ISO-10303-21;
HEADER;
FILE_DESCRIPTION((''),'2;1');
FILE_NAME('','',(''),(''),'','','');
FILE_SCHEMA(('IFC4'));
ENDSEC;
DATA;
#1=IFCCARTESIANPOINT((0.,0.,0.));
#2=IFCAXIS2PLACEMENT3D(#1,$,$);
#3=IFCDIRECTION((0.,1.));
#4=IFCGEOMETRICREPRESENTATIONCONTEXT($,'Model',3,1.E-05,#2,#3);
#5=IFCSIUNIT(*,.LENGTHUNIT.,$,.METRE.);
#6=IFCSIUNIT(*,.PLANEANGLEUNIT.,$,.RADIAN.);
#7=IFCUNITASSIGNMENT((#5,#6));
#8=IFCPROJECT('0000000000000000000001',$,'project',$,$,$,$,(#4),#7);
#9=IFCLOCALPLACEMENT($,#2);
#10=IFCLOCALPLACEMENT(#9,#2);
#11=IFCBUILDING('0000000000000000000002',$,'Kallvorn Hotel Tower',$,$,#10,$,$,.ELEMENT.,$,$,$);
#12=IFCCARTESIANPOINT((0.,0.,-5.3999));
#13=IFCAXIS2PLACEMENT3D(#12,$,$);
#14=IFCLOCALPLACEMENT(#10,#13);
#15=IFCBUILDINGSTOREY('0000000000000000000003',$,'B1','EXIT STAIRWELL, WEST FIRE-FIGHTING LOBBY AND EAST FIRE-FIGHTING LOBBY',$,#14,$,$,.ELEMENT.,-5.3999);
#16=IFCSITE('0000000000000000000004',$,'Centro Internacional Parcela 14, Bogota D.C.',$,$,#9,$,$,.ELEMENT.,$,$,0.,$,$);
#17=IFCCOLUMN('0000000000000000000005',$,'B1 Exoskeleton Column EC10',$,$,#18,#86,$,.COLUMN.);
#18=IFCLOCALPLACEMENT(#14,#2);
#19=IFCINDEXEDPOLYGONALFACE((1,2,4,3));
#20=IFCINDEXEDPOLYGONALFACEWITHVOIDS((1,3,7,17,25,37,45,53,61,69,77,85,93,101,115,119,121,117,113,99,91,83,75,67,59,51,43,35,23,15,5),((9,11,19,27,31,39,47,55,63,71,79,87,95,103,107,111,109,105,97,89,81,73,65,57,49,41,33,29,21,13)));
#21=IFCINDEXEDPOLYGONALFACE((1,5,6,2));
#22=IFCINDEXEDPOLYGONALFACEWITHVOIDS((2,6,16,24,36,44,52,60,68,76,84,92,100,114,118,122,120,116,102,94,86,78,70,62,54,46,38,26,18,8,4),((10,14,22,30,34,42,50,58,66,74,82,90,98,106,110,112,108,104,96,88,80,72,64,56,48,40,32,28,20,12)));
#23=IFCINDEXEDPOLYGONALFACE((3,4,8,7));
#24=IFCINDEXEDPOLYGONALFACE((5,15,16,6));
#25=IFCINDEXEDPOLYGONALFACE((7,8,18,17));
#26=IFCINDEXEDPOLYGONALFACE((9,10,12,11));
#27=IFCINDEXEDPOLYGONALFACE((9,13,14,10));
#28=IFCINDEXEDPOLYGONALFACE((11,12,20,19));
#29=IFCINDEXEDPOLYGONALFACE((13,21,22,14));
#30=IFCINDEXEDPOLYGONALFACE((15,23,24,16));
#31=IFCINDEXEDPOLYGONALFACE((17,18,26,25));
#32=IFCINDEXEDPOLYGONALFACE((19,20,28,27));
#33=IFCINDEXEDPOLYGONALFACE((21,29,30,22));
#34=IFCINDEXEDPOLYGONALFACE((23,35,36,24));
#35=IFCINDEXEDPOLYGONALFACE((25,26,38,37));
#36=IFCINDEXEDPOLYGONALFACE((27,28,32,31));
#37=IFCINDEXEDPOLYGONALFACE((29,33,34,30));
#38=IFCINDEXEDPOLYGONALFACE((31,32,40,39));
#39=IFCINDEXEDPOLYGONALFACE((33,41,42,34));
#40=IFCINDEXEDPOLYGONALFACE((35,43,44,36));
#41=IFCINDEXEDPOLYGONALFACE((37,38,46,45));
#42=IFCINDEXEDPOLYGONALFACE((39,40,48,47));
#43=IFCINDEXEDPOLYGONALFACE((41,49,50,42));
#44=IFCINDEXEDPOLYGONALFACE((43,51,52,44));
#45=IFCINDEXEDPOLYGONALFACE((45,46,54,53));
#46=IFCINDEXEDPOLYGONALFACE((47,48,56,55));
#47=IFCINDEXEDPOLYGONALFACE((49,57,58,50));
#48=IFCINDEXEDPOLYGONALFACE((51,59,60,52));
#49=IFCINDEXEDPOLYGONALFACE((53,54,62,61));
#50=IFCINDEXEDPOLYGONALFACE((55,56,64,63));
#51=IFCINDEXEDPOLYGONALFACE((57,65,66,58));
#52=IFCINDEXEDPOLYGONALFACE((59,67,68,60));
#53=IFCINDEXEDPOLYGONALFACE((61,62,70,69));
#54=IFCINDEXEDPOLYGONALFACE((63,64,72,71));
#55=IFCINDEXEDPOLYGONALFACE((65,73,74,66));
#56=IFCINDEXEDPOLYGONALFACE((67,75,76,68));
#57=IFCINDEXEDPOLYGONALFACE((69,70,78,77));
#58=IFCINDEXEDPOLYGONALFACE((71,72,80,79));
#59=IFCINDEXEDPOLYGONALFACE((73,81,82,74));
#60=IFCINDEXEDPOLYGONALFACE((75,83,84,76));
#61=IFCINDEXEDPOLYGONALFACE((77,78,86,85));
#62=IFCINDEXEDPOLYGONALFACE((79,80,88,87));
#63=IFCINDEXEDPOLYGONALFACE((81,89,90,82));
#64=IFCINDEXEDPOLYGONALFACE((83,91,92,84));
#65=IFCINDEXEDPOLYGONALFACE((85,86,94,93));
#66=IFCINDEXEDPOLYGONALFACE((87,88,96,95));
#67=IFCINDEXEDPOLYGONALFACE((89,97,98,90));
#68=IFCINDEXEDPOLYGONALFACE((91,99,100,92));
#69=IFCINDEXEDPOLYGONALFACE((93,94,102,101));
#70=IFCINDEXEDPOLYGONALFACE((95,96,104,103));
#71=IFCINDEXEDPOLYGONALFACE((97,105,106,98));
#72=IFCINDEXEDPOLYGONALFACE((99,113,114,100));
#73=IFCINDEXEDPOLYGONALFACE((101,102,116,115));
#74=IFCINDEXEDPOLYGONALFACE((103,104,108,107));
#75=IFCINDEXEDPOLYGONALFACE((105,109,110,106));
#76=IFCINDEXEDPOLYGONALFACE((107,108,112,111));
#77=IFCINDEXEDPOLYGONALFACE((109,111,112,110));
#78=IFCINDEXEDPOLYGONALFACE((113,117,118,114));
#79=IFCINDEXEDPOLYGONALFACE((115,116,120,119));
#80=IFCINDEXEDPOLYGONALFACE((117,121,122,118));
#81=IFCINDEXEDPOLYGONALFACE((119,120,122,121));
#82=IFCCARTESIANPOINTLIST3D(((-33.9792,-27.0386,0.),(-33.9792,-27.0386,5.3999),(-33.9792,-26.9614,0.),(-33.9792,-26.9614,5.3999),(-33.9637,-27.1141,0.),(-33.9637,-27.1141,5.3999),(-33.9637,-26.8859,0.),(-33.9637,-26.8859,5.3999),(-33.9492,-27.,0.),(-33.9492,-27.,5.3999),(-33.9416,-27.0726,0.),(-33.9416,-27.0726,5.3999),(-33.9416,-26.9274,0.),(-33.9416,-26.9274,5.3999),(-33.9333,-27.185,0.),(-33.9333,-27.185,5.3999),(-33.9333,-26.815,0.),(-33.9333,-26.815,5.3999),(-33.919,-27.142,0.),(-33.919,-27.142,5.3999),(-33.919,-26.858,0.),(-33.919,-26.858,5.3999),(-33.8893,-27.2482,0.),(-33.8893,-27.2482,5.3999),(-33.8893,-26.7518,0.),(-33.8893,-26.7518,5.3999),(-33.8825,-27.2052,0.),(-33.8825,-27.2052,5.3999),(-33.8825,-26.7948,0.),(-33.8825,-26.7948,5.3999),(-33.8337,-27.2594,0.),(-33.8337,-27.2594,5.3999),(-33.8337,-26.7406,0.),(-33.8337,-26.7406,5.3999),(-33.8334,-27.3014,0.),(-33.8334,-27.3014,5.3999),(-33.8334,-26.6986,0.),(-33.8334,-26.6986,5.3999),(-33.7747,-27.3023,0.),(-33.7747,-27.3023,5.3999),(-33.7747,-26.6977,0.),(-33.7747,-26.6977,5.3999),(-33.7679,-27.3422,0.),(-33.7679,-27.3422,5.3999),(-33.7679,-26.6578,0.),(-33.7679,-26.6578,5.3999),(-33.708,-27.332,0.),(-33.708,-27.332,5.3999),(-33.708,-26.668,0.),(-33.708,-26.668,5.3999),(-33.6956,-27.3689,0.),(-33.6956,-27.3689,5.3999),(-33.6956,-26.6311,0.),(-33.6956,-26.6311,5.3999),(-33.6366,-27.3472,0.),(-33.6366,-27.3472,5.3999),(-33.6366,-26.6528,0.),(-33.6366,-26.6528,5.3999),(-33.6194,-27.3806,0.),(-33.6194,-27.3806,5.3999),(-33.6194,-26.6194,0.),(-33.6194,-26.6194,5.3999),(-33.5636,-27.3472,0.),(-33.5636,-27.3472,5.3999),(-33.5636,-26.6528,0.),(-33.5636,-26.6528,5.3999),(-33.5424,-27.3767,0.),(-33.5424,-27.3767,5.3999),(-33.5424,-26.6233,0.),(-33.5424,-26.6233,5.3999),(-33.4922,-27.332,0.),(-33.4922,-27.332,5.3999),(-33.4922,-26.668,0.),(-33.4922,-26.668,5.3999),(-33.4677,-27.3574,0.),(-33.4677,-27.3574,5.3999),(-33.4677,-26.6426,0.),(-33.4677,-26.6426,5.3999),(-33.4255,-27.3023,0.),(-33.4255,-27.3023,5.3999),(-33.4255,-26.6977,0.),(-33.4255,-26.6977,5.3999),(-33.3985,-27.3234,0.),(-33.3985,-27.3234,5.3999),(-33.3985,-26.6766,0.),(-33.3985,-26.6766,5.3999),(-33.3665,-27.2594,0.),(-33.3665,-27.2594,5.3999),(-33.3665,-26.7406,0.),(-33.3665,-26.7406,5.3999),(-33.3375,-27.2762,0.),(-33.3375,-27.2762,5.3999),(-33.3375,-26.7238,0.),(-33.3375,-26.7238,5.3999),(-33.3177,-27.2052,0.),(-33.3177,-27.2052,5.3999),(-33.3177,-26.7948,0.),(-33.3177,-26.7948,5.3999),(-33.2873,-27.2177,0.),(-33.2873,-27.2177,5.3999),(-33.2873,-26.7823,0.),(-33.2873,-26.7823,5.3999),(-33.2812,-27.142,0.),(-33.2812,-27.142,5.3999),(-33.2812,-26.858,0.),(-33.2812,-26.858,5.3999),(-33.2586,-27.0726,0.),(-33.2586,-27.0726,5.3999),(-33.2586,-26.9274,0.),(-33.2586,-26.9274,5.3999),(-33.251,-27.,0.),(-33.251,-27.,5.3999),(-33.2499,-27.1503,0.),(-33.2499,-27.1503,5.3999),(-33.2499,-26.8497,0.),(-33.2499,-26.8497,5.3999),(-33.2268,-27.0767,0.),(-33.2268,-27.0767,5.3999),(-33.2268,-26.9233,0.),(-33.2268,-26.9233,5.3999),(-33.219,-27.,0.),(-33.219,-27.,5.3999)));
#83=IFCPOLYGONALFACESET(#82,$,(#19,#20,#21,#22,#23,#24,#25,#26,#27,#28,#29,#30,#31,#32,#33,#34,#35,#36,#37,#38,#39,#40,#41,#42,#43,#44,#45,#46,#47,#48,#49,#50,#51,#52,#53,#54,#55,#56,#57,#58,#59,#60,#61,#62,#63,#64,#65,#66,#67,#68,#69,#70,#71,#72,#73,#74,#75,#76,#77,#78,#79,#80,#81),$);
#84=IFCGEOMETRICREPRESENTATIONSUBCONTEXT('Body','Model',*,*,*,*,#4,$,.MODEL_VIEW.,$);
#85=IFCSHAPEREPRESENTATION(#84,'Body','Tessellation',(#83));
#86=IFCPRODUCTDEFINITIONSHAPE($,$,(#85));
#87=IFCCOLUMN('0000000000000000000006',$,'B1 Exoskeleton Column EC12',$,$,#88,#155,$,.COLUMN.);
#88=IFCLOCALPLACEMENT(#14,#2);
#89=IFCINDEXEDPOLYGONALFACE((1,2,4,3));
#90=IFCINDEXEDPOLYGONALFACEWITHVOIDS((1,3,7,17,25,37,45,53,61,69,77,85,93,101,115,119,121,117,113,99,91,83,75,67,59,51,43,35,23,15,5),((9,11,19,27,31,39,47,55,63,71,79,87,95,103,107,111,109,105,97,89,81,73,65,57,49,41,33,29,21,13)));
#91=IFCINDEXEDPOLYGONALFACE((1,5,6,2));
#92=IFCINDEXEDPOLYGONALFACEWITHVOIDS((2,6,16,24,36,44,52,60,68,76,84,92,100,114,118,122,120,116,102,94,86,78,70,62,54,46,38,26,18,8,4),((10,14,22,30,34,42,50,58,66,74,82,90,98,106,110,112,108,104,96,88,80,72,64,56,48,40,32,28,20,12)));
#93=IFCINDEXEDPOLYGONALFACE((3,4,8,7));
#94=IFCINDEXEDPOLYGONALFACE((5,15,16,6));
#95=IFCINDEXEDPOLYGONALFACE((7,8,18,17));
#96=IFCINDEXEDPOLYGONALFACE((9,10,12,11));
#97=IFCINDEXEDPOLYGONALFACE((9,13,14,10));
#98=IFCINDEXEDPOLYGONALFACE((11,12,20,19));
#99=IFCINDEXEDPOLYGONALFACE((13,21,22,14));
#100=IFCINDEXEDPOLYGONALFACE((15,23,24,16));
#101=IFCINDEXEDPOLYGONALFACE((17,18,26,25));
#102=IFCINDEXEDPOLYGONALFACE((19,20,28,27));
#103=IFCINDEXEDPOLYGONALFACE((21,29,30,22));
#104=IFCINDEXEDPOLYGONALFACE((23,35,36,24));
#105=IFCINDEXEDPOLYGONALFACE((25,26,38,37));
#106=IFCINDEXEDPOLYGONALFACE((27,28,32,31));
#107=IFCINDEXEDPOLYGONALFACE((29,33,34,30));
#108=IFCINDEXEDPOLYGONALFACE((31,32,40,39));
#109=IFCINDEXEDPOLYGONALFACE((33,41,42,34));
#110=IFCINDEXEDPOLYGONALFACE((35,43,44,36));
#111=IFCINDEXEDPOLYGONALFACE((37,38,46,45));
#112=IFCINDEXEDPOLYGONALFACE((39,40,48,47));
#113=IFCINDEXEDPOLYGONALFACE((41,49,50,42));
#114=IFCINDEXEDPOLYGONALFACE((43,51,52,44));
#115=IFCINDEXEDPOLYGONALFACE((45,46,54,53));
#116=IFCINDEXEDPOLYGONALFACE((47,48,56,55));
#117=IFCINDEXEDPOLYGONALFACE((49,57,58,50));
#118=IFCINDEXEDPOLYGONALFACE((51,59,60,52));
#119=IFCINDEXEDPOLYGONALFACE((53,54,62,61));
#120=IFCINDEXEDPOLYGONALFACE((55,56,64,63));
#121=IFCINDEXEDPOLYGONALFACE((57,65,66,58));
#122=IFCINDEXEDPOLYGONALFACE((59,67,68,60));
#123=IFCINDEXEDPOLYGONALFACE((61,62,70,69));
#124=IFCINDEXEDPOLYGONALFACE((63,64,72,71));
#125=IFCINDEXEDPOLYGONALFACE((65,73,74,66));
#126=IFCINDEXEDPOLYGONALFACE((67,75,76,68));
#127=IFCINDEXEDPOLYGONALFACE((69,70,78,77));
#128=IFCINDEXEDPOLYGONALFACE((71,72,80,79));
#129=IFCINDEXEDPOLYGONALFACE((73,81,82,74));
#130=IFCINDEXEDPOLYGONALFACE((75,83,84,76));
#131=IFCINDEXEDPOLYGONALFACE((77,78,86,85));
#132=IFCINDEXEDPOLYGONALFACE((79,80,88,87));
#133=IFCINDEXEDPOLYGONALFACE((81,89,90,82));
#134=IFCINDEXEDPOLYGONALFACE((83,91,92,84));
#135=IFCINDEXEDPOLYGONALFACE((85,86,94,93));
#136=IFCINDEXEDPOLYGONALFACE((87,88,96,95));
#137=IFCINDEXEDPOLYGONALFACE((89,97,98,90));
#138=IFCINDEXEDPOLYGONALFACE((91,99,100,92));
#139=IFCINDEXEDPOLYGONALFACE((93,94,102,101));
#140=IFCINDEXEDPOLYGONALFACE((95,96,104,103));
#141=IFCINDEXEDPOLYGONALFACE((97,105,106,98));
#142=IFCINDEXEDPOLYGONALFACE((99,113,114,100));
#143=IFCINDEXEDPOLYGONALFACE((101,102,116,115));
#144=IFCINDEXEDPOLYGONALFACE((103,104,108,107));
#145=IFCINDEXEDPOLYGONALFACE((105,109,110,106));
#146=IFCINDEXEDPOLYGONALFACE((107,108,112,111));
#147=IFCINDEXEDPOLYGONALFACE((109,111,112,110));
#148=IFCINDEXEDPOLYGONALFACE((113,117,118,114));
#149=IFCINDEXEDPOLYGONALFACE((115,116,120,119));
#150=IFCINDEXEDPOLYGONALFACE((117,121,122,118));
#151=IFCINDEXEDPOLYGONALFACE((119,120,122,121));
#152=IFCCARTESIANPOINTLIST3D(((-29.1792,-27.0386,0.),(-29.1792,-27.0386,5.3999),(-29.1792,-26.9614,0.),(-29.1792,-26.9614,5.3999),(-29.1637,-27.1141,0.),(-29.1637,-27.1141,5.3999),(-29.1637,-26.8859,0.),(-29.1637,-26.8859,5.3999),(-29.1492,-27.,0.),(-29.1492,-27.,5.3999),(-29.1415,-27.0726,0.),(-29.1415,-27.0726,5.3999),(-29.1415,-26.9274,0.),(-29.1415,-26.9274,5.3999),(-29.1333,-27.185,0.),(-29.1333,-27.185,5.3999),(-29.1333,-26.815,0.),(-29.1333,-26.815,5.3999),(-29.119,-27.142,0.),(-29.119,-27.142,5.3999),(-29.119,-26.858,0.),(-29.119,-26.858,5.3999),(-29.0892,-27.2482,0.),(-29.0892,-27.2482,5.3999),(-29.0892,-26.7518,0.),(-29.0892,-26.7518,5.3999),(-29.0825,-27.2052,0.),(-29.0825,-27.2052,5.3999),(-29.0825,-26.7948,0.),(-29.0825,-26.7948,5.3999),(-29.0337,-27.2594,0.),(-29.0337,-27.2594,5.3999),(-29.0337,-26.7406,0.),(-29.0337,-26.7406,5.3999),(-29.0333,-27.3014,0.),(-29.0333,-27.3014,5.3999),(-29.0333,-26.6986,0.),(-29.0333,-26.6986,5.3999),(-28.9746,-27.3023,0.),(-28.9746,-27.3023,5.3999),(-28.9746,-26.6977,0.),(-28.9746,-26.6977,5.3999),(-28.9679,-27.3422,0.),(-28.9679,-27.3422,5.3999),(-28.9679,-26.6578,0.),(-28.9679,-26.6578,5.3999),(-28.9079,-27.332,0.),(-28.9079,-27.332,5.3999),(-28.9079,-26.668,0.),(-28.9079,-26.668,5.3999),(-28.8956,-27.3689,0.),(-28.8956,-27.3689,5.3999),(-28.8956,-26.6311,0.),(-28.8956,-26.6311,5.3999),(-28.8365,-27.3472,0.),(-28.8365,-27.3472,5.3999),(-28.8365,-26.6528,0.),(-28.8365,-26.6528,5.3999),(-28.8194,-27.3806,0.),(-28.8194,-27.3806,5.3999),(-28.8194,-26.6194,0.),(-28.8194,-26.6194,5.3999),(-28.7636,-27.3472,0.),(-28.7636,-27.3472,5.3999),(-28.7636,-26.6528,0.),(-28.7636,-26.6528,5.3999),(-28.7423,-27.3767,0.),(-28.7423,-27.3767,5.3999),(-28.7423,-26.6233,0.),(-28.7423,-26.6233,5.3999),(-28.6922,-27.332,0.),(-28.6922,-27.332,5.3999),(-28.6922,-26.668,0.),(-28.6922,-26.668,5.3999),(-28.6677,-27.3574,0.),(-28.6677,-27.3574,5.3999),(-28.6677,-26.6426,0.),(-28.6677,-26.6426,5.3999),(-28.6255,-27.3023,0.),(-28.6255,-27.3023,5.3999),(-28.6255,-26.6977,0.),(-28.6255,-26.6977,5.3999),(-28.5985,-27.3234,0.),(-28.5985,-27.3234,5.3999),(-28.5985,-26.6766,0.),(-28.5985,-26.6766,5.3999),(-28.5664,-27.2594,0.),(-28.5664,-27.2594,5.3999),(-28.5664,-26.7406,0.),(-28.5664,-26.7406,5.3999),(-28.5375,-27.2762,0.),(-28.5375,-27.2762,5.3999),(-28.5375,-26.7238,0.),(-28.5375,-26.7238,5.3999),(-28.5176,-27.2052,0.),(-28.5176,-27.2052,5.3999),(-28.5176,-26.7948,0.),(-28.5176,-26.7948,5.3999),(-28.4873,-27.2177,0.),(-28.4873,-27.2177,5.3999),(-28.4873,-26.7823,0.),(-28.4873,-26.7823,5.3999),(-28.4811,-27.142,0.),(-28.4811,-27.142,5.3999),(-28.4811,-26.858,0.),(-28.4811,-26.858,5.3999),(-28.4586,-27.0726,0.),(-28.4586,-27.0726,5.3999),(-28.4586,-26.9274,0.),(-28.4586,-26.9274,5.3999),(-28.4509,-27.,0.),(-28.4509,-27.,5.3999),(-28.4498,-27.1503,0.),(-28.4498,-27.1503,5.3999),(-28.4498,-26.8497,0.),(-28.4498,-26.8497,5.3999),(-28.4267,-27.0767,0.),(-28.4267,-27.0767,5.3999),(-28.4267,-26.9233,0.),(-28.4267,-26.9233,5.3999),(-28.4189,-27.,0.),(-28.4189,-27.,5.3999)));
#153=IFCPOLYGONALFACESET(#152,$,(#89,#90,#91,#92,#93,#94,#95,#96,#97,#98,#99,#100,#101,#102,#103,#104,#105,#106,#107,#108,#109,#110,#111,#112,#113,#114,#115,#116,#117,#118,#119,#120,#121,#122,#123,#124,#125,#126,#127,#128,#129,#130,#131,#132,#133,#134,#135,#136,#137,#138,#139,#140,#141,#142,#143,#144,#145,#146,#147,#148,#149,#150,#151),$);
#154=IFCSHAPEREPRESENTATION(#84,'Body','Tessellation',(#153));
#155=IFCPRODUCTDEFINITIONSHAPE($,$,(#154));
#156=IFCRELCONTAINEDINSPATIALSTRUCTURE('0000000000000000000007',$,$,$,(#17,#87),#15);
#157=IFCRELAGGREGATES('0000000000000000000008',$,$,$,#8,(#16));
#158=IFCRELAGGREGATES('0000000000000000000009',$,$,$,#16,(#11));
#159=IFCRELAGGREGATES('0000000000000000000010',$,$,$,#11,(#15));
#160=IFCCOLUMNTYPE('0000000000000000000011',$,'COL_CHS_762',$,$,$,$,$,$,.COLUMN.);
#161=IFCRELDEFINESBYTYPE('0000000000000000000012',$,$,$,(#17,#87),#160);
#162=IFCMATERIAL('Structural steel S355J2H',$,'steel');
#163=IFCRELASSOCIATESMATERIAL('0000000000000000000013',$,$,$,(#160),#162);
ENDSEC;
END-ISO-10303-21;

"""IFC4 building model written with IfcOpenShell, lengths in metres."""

from ifc_helpers import new_model, si_unit, direction, frame, origin, origin_2d, place, context, subcontext, project, spatial, hollow_circle, extrude, material, material_profile, profile_set, type_object, element, save


model = new_model("IFC4")

# Units and contexts
model_context = context("Model", 3, precision=1e-05, world=origin(), true_north=direction((0.0, 1.0)))
body_context = subcontext(model_context, "Body", "Model", "MODEL_VIEW")
ifc_project = project(units=[si_unit("LENGTHUNIT", "METRE"), si_unit("PLANEANGLEUNIT", "RADIAN")], contexts=[model_context])

# Site, building, storey
site_placement = place(None, origin())
site = spatial("IfcSite", under=ifc_project, at=site_placement, Name="Centro Internacional Parcela 14, Bogota D.C.", CompositionType="ELEMENT", RefElevation=0.0)
building_placement = place(site_placement, origin())
building = spatial("IfcBuilding", under=site, at=building_placement, Name="Kallvorn Hotel Tower", CompositionType="ELEMENT")
storey_placement = place(building_placement, frame((0.0, 0.0, -5.3999)))
storey = spatial("IfcBuildingStorey", under=building, at=storey_placement, Name="B1", Description="EXIT STAIRWELL, WEST FIRE-FIGHTING LOBBY AND EAST FIRE-FIGHTING LOBBY", CompositionType="ELEMENT", Elevation=-5.3999)

# Columns
ifc_material_1 = material(Name="Structural steel S355J2H", Category="steel")
ifc_material_profile_1 = material_profile(ifc_material_1, hollow_circle(Radius=0.3811, WallThickness=0.032, at=origin_2d()), Name="CHS 762x32")
ifc_profile_set_1 = profile_set([ifc_material_profile_1], Name="Structural steel S355J2H")
column_type_1 = type_object("IfcColumnType", Name="COL_CHS_762", PredefinedType="COLUMN", material=ifc_profile_set_1)
for number, where, z_axis, x_axis, name in (
    (1, (-33.6001, -27.0, 0.0), (0.0, 0.0, 1.0), (1.0, 0.0, 0.0), "B1 Exoskeleton Column EC10"),
    (2, (-28.8, -27.0, 0.0), (0.0, 0.0, 1.0), (1.0, 0.0, 0.0), "B1 Exoskeleton Column EC12"),
):
    element("IfcColumn", number, at=place(storey_placement, frame(where, z_axis=z_axis, x_axis=x_axis)), inside=storey, type_object=column_type_1, Name=name, PredefinedType="COLUMN", context=body_context, shape_type="SweptSolid", body=[
        extrude(hollow_circle(Radius=0.3811, WallThickness=0.032, at=origin_2d()), origin(), (0.0, 0.0, 1.0), 5.3999),
    ])

save(model, "model.ifc")
